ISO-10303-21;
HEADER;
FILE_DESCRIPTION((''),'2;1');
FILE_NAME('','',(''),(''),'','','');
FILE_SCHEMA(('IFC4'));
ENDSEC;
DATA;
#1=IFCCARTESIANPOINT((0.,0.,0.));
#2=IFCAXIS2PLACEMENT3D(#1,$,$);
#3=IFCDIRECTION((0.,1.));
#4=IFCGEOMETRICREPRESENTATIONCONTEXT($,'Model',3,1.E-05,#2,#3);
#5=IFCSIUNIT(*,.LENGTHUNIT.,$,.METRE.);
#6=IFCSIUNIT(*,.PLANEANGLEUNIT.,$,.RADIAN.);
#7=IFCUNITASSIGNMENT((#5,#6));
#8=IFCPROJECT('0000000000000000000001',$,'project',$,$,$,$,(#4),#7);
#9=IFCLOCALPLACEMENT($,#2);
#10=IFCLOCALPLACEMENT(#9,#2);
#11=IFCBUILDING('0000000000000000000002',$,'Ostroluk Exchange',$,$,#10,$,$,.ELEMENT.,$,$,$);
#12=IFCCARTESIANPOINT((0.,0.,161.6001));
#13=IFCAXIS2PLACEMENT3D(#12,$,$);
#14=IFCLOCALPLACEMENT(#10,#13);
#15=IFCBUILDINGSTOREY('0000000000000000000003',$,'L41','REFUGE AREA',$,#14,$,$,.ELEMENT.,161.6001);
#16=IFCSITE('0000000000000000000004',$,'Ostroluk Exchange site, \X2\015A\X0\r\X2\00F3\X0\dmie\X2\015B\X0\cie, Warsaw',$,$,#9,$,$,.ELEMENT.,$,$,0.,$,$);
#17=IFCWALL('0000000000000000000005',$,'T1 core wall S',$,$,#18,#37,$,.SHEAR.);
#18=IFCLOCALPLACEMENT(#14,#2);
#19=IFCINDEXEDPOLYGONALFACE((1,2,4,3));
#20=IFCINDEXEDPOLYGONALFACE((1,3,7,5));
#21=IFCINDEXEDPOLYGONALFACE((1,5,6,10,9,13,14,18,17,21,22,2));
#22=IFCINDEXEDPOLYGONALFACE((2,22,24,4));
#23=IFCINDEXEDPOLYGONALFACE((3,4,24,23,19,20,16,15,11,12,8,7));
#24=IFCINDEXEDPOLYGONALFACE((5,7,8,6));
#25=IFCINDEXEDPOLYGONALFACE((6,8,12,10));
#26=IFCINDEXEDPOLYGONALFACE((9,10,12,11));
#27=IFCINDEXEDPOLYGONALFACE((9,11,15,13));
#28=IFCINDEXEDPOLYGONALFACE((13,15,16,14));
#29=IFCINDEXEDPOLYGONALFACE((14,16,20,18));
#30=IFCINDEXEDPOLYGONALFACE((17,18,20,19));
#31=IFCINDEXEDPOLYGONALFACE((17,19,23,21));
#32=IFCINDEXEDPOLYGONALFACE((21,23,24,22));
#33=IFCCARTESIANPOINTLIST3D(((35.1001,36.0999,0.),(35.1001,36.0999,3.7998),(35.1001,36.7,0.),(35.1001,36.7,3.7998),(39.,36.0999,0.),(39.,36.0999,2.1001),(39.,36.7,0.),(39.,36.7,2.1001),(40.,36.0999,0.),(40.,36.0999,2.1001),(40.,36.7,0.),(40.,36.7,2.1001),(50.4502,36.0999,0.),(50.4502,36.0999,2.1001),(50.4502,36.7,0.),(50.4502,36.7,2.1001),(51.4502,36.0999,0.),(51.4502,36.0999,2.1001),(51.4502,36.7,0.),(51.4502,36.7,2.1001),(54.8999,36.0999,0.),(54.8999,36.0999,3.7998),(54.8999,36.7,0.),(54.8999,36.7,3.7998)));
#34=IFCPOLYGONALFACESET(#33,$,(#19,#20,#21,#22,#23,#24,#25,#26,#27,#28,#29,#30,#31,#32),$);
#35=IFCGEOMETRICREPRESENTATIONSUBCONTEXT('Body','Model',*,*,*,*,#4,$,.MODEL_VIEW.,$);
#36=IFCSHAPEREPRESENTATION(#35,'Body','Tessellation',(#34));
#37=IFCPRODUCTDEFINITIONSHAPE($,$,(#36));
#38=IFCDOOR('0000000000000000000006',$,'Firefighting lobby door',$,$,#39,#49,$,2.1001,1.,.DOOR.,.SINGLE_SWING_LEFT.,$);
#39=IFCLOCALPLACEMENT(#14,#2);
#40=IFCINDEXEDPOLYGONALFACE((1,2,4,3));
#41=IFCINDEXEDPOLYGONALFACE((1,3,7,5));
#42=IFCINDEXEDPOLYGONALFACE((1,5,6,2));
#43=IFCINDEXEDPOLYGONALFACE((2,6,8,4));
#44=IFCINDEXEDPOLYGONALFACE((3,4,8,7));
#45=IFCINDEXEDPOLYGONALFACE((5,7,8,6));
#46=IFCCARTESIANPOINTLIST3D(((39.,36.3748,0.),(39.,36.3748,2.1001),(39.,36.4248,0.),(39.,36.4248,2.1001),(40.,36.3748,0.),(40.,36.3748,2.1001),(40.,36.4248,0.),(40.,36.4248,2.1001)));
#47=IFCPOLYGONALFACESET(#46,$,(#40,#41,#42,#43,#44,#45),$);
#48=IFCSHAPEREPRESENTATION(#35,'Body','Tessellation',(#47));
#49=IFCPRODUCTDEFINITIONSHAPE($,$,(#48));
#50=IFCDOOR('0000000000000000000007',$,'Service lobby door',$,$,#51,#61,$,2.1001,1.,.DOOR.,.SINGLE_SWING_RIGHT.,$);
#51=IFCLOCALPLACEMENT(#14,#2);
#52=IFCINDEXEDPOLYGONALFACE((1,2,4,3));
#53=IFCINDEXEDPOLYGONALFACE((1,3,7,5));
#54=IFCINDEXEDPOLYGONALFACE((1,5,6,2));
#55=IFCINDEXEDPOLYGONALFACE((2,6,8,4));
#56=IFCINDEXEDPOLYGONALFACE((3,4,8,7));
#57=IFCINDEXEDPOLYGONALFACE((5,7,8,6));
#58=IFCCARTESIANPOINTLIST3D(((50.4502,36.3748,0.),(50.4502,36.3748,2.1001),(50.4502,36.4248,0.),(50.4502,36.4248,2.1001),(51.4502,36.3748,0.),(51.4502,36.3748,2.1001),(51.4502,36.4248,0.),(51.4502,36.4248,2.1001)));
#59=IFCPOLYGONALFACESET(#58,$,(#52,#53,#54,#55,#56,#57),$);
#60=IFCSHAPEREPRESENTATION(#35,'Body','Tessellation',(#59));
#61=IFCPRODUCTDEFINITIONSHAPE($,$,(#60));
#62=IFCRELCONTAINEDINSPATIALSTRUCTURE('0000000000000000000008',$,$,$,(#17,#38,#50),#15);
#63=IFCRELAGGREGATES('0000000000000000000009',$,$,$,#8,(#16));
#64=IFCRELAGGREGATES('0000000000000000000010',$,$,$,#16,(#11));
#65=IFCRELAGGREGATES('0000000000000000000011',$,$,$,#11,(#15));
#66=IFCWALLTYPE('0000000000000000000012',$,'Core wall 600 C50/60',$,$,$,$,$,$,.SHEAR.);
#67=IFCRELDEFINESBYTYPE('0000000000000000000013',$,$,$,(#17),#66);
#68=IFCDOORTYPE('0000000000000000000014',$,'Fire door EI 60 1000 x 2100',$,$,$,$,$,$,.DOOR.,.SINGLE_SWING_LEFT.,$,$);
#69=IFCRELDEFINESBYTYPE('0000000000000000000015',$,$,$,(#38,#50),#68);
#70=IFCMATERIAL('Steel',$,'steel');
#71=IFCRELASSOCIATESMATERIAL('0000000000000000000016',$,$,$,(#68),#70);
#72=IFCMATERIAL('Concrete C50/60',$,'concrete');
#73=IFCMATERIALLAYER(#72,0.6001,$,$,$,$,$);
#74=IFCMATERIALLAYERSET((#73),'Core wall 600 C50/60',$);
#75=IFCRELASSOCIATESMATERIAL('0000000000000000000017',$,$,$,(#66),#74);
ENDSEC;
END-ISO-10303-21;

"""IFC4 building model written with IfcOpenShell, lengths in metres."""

from ifc_helpers import new_model, si_unit, direction, frame, frame_2d, origin, place, context, subcontext, project, spatial, rectangle, extrude, material, layer, layer_set, type_object, element, fill, save


model = new_model("IFC4")

# Units and contexts
model_context = context("Model", 3, precision=1e-05, world=origin(), true_north=direction((0.0, 1.0)))
body_context = subcontext(model_context, "Body", "Model", "MODEL_VIEW")
ifc_project = project(units=[si_unit("LENGTHUNIT", "METRE"), si_unit("PLANEANGLEUNIT", "RADIAN")], contexts=[model_context])

# Site, building, storey
site_placement = place(None, origin())
site = spatial("IfcSite", under=ifc_project, at=site_placement, Name="Ostroluk Exchange site, Śródmieście, Warsaw", CompositionType="ELEMENT", RefElevation=0.0)
building_placement = place(site_placement, origin())
building = spatial("IfcBuilding", under=site, at=building_placement, Name="Ostroluk Exchange", CompositionType="ELEMENT")
storey_placement = place(building_placement, frame((0.0, 0.0, 161.6001)))
storey = spatial("IfcBuildingStorey", under=building, at=storey_placement, Name="L41", Description="REFUGE AREA", CompositionType="ELEMENT", Elevation=161.6001)

# Shared definitions
ifc_material_1 = material(Name="Steel", Category="steel")
door_type_1 = type_object("IfcDoorType", Name="Fire door EI 60 1000 x 2100", OperationType="SINGLE_SWING_LEFT", PredefinedType="DOOR", material=ifc_material_1)

# Wall, openings, doors
ifc_material_2 = material(Name="Concrete C50/60", Category="concrete")
ifc_layer_1 = layer(ifc_material_2, 0.6001)
ifc_layer_set_1 = layer_set([ifc_layer_1], Name="Core wall 600 C50/60")
wall_type_1 = type_object("IfcWallType", Name="Core wall 600 C50/60", PredefinedType="SHEAR", material=ifc_layer_set_1)
wall_1_placement = place(storey_placement, frame((35.1001, 36.3999, 0.0), z_axis=(0.0, 0.0, 1.0), x_axis=(1.0, 0.0, 0.0)))
wall_1 = element("IfcWall", 1, at=wall_1_placement, inside=storey, type_object=wall_type_1, Name="T1 core wall S", PredefinedType="SHEAR", context=body_context, shape_type="SweptSolid", body=[
    extrude(rectangle(XDim=19.7998, YDim=0.6001, at=frame_2d((9.8999, 0.0))), origin(), (0.0, 0.0, 1.0), 3.7998),
])
opening_1_placement = place(wall_1_placement, frame((3.8999, 0.0, 0.0)))
opening_1 = element("IfcOpeningElement", 2, at=opening_1_placement, cuts=wall_1, PredefinedType="OPENING", context=body_context, shape_type="SweptSolid", body=[
    extrude(rectangle(XDim=1.0, YDim=2.1001, at=frame_2d((0.5, 1.05))), frame((0.0, 0.3101, 0.0), z_axis=(0.0, -1.0, 0.0), x_axis=(1.0, 0.0, 0.0)), (0.0, 0.0, 1.0), 0.6201),
])
opening_2_placement = place(wall_1_placement, frame((15.3501, 0.0, 0.0)))
opening_2 = element("IfcOpeningElement", 3, at=opening_2_placement, cuts=wall_1, PredefinedType="OPENING", context=body_context, shape_type="SweptSolid", body=[
    extrude(rectangle(XDim=1.0, YDim=2.1001, at=frame_2d((0.5, 1.05))), frame((0.0, 0.3101, 0.0), z_axis=(0.0, -1.0, 0.0), x_axis=(1.0, 0.0, 0.0)), (0.0, 0.0, 1.0), 0.6201),
])
door_1_placement = place(opening_1_placement, origin())
door_1 = element("IfcDoor", 4, at=door_1_placement, inside=storey, type_object=door_type_1, Name="Firefighting lobby door", OperationType="SINGLE_SWING_LEFT", OverallHeight=2.1001, OverallWidth=1.0, PredefinedType="DOOR", context=body_context, shape_type="SweptSolid", body=[
    extrude(rectangle(XDim=1.0, YDim=2.1001, at=frame_2d((0.5, 1.05))), frame((0.0, 0.0249, 0.0), z_axis=(0.0, -1.0, 0.0), x_axis=(1.0, 0.0, 0.0)), (0.0, 0.0, 1.0), 0.05),
])
fill(opening_1, door_1)
door_2_placement = place(opening_2_placement, origin())
door_2 = element("IfcDoor", 5, at=door_2_placement, inside=storey, type_object=door_type_1, Name="Service lobby door", OperationType="SINGLE_SWING_RIGHT", OverallHeight=2.1001, OverallWidth=1.0, PredefinedType="DOOR", context=body_context, shape_type="SweptSolid", body=[
    extrude(rectangle(XDim=1.0, YDim=2.1001, at=frame_2d((0.5, 1.05))), frame((0.0, 0.0249, 0.0), z_axis=(0.0, -1.0, 0.0), x_axis=(1.0, 0.0, 0.0)), (0.0, 0.0, 1.0), 0.05),
])
fill(opening_2, door_2)

save(model, "model.ifc")
